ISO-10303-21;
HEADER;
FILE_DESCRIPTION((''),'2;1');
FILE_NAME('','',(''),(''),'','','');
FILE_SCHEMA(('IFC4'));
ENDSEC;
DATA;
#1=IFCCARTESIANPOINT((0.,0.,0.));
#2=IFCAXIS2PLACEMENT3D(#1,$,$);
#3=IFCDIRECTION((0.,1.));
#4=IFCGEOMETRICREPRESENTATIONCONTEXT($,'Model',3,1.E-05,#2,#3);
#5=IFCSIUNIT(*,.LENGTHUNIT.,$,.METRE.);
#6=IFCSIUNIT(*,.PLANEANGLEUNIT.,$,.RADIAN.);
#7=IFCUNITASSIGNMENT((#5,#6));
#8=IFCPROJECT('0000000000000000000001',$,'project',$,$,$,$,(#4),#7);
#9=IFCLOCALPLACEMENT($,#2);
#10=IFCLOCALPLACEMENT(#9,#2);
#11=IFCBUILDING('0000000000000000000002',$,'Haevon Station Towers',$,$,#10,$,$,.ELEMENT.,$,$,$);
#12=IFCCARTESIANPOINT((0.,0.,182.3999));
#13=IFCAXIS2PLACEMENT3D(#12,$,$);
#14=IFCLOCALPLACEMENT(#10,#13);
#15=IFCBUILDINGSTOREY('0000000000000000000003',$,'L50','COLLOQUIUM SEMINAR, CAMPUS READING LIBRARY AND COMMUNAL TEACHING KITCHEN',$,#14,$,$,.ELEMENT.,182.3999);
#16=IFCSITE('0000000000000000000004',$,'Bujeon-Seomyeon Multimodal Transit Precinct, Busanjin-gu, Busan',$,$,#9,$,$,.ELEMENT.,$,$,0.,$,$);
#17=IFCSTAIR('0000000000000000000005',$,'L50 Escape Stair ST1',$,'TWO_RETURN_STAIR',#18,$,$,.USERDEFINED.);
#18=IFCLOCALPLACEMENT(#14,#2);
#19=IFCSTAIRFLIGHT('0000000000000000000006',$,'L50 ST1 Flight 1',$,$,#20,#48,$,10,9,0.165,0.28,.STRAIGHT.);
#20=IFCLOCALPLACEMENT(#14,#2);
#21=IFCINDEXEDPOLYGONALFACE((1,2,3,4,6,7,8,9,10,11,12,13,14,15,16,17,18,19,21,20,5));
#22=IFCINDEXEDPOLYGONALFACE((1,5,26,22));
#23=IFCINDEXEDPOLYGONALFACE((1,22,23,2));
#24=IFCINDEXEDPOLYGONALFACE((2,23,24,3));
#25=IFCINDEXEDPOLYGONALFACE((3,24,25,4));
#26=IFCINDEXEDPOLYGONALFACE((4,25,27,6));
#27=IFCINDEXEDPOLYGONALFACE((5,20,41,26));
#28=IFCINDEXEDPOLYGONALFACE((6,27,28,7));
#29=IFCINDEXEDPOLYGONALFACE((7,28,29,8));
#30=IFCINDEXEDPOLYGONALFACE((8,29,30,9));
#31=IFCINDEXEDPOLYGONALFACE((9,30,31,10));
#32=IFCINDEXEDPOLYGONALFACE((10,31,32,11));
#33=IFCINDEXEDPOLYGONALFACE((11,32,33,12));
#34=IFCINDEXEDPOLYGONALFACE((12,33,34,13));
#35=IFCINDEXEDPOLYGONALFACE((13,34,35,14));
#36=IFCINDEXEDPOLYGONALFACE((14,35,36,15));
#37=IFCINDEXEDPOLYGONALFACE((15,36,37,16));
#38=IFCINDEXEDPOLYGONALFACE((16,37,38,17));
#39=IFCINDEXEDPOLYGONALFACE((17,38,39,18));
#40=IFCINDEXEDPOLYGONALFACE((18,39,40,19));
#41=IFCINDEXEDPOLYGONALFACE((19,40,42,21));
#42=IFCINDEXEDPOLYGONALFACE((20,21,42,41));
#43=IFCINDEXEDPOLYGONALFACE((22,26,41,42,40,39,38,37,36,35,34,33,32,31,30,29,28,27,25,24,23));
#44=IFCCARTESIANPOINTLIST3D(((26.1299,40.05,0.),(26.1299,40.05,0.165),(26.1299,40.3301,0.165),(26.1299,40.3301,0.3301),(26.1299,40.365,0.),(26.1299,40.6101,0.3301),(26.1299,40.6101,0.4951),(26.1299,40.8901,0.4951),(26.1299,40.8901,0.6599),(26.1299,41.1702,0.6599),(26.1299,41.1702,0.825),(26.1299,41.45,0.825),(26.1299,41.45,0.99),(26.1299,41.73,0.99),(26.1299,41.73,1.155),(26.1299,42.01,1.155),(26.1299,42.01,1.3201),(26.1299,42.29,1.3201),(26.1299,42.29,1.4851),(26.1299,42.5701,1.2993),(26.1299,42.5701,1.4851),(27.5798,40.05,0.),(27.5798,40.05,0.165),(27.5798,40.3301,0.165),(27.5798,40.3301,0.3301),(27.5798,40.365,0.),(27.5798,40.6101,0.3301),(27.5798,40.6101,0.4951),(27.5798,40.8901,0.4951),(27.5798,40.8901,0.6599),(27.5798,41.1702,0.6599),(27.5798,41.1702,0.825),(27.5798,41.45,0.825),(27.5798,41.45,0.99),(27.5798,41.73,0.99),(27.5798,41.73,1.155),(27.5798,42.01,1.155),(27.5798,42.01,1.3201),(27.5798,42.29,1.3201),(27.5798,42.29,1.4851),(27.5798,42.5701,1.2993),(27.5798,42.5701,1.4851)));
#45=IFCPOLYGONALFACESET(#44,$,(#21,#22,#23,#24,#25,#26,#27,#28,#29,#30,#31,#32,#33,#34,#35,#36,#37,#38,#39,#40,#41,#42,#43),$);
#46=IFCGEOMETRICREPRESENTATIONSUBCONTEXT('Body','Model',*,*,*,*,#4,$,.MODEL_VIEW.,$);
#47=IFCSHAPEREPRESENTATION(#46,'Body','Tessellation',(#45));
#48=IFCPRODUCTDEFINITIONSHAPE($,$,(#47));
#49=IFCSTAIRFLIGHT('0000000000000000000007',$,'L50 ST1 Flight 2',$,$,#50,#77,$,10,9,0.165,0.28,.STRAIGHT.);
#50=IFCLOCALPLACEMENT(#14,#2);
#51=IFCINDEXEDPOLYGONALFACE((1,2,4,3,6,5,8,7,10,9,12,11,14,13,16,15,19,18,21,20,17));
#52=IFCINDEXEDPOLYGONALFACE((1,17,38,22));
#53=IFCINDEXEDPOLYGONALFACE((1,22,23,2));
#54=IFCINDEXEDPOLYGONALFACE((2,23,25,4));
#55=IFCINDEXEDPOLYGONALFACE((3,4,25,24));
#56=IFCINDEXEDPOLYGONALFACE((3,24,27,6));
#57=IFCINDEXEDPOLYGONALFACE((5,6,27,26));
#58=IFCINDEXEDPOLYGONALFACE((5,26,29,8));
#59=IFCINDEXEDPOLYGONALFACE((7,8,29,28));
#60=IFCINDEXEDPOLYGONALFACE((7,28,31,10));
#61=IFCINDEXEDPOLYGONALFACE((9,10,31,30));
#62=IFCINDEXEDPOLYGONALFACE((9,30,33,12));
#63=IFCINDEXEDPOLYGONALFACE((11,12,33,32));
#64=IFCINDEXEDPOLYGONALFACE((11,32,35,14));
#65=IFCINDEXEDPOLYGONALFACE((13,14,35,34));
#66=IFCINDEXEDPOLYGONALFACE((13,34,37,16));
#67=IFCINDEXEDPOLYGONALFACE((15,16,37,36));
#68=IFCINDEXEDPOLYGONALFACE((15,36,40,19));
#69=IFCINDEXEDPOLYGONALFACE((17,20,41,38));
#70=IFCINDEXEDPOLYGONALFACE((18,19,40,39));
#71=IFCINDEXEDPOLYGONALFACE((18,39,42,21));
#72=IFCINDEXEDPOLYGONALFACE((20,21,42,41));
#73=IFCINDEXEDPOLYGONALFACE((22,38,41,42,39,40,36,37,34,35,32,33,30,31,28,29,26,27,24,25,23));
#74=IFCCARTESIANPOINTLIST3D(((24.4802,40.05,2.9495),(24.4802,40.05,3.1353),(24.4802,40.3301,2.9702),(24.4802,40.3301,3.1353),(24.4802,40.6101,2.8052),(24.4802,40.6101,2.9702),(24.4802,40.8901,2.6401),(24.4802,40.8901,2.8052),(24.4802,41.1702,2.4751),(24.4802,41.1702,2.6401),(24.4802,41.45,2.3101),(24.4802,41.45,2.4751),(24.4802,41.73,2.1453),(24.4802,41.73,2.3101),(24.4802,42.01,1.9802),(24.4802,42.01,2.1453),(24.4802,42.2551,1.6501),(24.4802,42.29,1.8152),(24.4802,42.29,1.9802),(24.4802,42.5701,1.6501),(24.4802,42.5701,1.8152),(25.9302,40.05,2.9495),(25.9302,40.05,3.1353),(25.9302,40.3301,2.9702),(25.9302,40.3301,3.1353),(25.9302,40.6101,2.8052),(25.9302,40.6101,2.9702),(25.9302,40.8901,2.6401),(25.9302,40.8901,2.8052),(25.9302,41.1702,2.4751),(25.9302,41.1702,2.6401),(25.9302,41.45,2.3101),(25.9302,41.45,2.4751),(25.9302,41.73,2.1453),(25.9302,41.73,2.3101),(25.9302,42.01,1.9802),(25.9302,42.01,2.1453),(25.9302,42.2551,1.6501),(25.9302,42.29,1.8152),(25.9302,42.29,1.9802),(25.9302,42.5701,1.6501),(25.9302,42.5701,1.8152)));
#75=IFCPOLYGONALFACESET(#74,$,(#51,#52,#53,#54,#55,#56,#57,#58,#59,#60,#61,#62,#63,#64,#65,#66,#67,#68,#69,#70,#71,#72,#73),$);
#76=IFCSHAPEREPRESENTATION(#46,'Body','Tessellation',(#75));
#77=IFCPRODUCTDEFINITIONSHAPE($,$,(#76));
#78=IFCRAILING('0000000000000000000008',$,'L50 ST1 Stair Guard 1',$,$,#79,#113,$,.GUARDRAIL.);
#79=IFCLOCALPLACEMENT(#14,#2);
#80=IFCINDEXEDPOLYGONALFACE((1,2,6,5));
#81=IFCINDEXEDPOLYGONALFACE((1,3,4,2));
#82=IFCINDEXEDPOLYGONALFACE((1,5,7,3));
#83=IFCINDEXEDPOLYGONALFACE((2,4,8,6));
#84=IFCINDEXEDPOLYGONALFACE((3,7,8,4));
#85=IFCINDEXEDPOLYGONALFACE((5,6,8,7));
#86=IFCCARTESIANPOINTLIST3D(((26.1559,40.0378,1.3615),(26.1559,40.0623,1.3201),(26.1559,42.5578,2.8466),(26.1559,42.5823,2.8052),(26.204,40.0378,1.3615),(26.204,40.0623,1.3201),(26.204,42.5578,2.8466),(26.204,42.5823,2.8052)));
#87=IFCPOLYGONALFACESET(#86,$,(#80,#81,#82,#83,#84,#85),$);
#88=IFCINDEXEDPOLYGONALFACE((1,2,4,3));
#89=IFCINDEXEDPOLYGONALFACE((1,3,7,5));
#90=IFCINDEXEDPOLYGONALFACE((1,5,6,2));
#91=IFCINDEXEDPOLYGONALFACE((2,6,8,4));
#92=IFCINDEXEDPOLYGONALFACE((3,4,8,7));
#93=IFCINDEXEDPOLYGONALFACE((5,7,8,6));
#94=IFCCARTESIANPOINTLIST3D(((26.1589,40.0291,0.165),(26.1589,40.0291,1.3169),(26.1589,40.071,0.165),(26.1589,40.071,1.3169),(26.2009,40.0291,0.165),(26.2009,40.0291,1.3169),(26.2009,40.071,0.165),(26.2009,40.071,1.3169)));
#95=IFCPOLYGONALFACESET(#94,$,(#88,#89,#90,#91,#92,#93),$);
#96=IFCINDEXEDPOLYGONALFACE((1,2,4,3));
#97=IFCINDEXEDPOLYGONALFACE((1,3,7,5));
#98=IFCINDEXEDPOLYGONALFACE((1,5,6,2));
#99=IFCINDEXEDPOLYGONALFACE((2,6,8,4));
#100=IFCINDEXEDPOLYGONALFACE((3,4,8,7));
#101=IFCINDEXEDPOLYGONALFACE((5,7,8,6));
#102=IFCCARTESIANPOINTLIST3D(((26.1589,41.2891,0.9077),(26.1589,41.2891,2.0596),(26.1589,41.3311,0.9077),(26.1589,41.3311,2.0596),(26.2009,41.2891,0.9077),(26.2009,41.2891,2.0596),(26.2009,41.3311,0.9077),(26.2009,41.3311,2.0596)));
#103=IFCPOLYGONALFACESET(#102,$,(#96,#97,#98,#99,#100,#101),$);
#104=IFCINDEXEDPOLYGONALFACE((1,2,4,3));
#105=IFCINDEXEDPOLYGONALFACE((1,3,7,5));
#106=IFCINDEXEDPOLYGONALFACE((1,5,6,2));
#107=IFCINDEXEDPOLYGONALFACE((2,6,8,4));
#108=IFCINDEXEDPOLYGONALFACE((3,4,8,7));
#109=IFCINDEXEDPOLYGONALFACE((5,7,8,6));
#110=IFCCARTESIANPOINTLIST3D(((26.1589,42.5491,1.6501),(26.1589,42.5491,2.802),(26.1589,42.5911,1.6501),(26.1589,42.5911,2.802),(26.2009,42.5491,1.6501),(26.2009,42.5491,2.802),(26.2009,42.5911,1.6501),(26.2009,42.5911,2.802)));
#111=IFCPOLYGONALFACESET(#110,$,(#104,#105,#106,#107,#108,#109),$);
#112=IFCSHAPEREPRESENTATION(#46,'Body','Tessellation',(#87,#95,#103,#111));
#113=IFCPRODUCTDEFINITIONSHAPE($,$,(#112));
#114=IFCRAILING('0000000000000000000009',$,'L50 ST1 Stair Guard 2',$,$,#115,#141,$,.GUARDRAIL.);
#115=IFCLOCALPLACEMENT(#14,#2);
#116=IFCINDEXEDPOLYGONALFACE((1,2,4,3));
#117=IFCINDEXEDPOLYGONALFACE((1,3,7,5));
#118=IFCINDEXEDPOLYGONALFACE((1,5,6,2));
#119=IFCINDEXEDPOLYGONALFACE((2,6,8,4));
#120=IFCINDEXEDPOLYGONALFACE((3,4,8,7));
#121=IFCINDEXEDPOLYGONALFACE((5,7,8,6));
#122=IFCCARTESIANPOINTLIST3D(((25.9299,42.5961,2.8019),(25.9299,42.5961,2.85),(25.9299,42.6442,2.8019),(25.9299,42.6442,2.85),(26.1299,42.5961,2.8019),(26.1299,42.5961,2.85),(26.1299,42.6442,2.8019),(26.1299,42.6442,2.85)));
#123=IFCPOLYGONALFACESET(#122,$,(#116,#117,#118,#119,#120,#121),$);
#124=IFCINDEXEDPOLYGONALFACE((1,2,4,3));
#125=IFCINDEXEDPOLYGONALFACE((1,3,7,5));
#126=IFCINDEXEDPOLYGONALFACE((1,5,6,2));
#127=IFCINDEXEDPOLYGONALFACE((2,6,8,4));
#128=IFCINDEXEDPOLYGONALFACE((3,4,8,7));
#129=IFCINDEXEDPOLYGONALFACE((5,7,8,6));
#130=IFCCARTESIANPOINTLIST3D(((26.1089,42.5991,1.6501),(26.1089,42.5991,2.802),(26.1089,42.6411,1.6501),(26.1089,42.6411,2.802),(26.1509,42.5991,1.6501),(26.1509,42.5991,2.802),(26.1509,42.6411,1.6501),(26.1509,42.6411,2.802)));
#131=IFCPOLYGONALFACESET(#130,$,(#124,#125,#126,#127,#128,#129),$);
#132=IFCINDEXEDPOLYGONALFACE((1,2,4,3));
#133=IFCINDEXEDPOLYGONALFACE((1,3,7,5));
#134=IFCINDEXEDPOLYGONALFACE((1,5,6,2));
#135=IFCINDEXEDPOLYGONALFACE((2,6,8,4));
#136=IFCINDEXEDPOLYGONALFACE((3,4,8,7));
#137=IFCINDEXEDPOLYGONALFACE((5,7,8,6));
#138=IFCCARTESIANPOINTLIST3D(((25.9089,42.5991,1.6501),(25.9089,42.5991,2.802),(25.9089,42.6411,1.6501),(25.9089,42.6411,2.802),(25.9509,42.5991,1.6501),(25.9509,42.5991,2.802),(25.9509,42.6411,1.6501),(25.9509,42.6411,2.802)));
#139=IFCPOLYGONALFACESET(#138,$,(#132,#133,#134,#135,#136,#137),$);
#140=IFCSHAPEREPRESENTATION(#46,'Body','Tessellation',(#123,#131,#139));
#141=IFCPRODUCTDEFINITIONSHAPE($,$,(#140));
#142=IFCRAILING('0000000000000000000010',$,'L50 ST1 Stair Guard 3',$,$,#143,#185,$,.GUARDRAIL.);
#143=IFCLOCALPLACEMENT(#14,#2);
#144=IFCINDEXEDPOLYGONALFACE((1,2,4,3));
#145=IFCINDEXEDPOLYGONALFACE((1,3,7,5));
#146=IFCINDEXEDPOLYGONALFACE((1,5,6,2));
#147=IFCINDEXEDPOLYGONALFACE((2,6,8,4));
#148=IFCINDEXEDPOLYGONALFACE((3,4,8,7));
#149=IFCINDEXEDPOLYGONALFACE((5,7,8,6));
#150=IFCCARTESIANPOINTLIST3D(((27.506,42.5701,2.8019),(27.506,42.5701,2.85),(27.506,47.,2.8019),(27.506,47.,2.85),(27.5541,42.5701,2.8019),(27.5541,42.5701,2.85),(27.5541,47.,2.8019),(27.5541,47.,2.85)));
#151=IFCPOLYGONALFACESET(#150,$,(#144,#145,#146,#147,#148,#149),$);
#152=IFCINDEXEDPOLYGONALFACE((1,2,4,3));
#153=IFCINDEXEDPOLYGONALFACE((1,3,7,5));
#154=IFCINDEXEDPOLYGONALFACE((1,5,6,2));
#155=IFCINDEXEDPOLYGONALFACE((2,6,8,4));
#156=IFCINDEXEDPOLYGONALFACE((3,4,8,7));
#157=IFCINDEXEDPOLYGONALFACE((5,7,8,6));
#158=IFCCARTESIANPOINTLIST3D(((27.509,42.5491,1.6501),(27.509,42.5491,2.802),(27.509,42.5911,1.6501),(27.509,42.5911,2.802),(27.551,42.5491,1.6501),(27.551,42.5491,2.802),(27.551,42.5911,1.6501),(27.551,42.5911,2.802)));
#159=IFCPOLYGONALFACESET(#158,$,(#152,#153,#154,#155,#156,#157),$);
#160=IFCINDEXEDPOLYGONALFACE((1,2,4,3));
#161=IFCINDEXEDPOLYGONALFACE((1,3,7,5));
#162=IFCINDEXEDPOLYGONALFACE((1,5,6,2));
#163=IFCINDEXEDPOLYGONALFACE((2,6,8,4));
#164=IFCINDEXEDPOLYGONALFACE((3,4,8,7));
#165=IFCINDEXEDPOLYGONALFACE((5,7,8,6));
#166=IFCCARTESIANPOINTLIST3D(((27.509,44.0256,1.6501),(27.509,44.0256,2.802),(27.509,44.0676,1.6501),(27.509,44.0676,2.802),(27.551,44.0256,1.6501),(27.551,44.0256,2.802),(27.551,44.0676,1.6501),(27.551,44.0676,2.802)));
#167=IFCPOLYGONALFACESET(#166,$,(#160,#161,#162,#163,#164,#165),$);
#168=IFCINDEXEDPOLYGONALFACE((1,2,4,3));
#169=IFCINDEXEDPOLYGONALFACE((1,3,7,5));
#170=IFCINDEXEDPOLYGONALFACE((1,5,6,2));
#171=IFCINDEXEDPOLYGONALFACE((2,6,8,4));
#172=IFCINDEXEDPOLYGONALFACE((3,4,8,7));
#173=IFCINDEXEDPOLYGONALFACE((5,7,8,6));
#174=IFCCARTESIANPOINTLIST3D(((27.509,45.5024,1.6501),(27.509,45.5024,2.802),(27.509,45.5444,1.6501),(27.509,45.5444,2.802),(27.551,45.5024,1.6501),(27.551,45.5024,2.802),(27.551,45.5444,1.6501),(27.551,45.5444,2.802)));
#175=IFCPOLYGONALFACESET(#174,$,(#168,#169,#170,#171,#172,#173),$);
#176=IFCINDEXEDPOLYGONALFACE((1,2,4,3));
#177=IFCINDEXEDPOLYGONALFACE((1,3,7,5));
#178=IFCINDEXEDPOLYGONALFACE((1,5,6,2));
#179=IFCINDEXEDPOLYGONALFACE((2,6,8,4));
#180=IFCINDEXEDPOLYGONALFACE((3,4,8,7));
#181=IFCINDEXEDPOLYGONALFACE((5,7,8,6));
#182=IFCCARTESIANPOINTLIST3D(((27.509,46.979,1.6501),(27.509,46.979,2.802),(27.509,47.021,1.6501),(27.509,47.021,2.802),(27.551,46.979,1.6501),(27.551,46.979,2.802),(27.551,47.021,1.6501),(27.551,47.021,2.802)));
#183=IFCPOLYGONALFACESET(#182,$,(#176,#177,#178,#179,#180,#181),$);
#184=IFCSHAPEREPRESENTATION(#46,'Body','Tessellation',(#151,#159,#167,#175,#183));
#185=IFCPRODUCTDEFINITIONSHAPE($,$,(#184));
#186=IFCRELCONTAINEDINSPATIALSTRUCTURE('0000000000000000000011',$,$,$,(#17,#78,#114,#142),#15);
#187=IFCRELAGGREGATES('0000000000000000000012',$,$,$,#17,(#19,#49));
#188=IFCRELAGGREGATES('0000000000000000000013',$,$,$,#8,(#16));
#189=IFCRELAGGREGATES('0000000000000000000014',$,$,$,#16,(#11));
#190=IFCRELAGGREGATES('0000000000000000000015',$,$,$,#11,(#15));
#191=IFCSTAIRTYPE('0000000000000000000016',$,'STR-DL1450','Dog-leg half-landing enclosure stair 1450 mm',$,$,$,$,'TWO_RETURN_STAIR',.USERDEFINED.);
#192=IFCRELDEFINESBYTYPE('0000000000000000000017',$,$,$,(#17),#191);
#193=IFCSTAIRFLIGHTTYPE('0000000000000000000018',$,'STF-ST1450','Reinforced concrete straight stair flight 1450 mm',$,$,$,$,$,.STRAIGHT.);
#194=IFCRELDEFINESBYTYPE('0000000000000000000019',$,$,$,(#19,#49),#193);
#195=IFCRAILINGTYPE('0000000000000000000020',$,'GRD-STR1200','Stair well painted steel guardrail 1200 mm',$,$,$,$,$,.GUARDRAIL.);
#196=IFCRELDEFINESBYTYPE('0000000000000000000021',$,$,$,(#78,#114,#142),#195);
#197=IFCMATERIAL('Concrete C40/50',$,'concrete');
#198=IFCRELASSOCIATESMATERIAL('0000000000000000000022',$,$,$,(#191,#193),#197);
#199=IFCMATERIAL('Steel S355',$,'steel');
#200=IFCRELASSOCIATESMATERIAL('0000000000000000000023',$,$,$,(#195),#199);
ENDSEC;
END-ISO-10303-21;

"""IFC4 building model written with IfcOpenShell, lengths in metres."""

from ifc_helpers import new_model, si_unit, direction, frame, origin, origin_2d, place, context, subcontext, project, spatial, polyline, rectangle, outline, extrude, material, type_object, element, aggregate, save


model = new_model("IFC4")

# Units and contexts
model_context = context("Model", 3, precision=1e-05, world=origin(), true_north=direction((0.0, 1.0)))
body_context = subcontext(model_context, "Body", "Model", "MODEL_VIEW")
ifc_project = project(units=[si_unit("LENGTHUNIT", "METRE"), si_unit("PLANEANGLEUNIT", "RADIAN")], contexts=[model_context])

# Site, building, storey
site_placement = place(None, origin())
site = spatial("IfcSite", under=ifc_project, at=site_placement, Name="Bujeon-Seomyeon Multimodal Transit Precinct, Busanjin-gu, Busan", CompositionType="ELEMENT", RefElevation=0.0)
building_placement = place(site_placement, origin())
building = spatial("IfcBuilding", under=site, at=building_placement, Name="Haevon Station Towers", CompositionType="ELEMENT")
storey_placement = place(building_placement, frame((0.0, 0.0, 182.3999)))
storey = spatial("IfcBuildingStorey", under=building, at=storey_placement, Name="L50", Description="COLLOQUIUM SEMINAR, CAMPUS READING LIBRARY AND COMMUNAL TEACHING KITCHEN", CompositionType="ELEMENT", Elevation=182.3999)

# Shared definitions
ifc_material_1 = material(Name="Steel S355", Category="steel")

# Shared definitions
ifc_material_2 = material(Name="Concrete C40/50", Category="concrete")

# Stair, stair flights
stair_type = type_object("IfcStairType", Name="STR-DL1450", Description="Dog-leg half-landing enclosure stair 1450 mm", ElementType="TWO_RETURN_STAIR", PredefinedType="USERDEFINED", material=ifc_material_2)
stair_placement = place(storey_placement, origin())
stair = element("IfcStair", 1, at=stair_placement, inside=storey, type_object=stair_type, Name="L50 Escape Stair ST1", ObjectType="TWO_RETURN_STAIR", PredefinedType="USERDEFINED")
stair_flight_type = type_object("IfcStairFlightType", Name="STF-ST1450", Description="Reinforced concrete straight stair flight 1450 mm", PredefinedType="STRAIGHT", material=ifc_material_2)
stair_flight_1_placement = place(storey_placement, frame((26.855, 40.05, 0.0), z_axis=(0.0, 0.0, 1.0), x_axis=(0.0, 1.0, 0.0)))
stair_flight_1 = element("IfcStairFlight", 2, at=stair_flight_1_placement, type_object=stair_flight_type, Name="L50 ST1 Flight 1", NumberOfRisers=10, NumberOfTreads=9, PredefinedType="STRAIGHT", RiserHeight=0.165, TreadLength=0.28, context=body_context, shape_type="SweptSolid", body=[
    extrude(outline(polyline([(0.0, 0.0), (0.0, 0.165), (0.28, 0.165), (0.28, 0.3301), (0.5601, 0.3301), (0.5601, 0.4951), (0.8401, 0.4951), (0.8401, 0.6599), (1.1201, 0.6599), (1.1201, 0.825), (1.3999, 0.825), (1.3999, 0.99), (1.6799, 0.99), (1.6799, 1.155), (1.96, 1.155), (1.96, 1.3201), (2.24, 1.3201), (2.24, 1.4851), (2.52, 1.4851), (2.52, 1.6499), (2.52, 1.2993), (0.3149, 0.0), (0.0, 0.0)])), frame((0.0, 0.7251, 0.0), z_axis=(0.0, -1.0, 0.0), x_axis=(1.0, 0.0, 0.0)), (0.0, 0.0, 1.0), 1.45),
])
stair_flight_2_placement = place(storey_placement, frame((25.2051, 42.5701, 1.6501), z_axis=(0.0, 0.0, 1.0), x_axis=(0.0, -1.0, 0.0)))
stair_flight_2 = element("IfcStairFlight", 3, at=stair_flight_2_placement, type_object=stair_flight_type, Name="L50 ST1 Flight 2", NumberOfRisers=10, NumberOfTreads=9, PredefinedType="STRAIGHT", RiserHeight=0.165, TreadLength=0.28, context=body_context, shape_type="SweptSolid", body=[
    extrude(outline(polyline([(0.0, 0.0), (0.0, 0.165), (0.28, 0.165), (0.28, 0.3301), (0.5601, 0.3301), (0.5601, 0.4951), (0.8401, 0.4951), (0.8401, 0.6599), (1.1201, 0.6599), (1.1201, 0.825), (1.3999, 0.825), (1.3999, 0.99), (1.6799, 0.99), (1.6799, 1.155), (1.96, 1.155), (1.96, 1.3201), (2.24, 1.3201), (2.24, 1.4851), (2.52, 1.4851), (2.52, 1.6499), (2.52, 1.2993), (0.3149, 0.0), (0.0, 0.0)])), frame((0.0, 0.7251, 0.0), z_axis=(0.0, -1.0, 0.0), x_axis=(1.0, 0.0, 0.0)), (0.0, 0.0, 1.0), 1.45),
])
aggregate(stair, [stair_flight_1, stair_flight_2])

# Railings
railing_type_1 = type_object("IfcRailingType", Name="GRD-STR1200", Description="Stair well painted steel guardrail 1200 mm", PredefinedType="GUARDRAIL", material=ifc_material_1)
railing_1_placement = place(storey_placement, frame((26.1799, 40.05, 0.165)))
element("IfcRailing", 4, at=railing_1_placement, inside=storey, type_object=railing_type_1, Name="L50 ST1 Stair Guard 1", PredefinedType="GUARDRAIL", context=body_context, shape_type="SweptSolid", body=[
    extrude(rectangle(XDim=0.0481, YDim=0.0481, at=origin_2d()), frame((0.0, 0.0, 1.1758), z_axis=(0.0, 0.861524, 0.507717), x_axis=(-1.0, 0.0, 0.0)), (0.0, 0.0, 1.0), 2.925),
    extrude(rectangle(XDim=0.042, YDim=0.042, at=origin_2d()), origin(), (0.0, 0.0, 1.0), 1.1519),
    extrude(rectangle(XDim=0.042, YDim=0.042, at=origin_2d()), frame((0.0, 1.26, 0.7427)), (0.0, 0.0, 1.0), 1.1519),
    extrude(rectangle(XDim=0.042, YDim=0.042, at=origin_2d()), frame((0.0, 2.52, 1.4851)), (0.0, 0.0, 1.0), 1.1519),
])
railing_2_placement = place(storey_placement, frame((26.1299, 42.6201, 1.6501)))
element("IfcRailing", 5, at=railing_2_placement, inside=storey, type_object=railing_type_1, Name="L50 ST1 Stair Guard 2", PredefinedType="GUARDRAIL", context=body_context, shape_type="SweptSolid", body=[
    extrude(rectangle(XDim=0.0481, YDim=0.0481, at=origin_2d()), frame((0.0, 0.0, 1.1758), z_axis=(-1.0, 0.0, 0.0), x_axis=(0.0, -1.0, 0.0)), (0.0, 0.0, 1.0), 0.2),
    extrude(rectangle(XDim=0.042, YDim=0.042, at=origin_2d()), origin(), (0.0, 0.0, 1.0), 1.1519),
    extrude(rectangle(XDim=0.042, YDim=0.042, at=origin_2d()), frame((-0.2, 0.0, 0.0)), (0.0, 0.0, 1.0), 1.1519),
])
railing_3_placement = place(storey_placement, frame((27.53, 42.5701, 1.6501)))
element("IfcRailing", 6, at=railing_3_placement, inside=storey, type_object=railing_type_1, Name="L50 ST1 Stair Guard 3", PredefinedType="GUARDRAIL", context=body_context, shape_type="SweptSolid", body=[
    extrude(rectangle(XDim=0.0481, YDim=0.0481, at=origin_2d()), frame((0.0, 0.0, 1.1758), z_axis=(0.0, 1.0, 0.0), x_axis=(-1.0, 0.0, 0.0)), (0.0, 0.0, 1.0), 4.4299),
    extrude(rectangle(XDim=0.042, YDim=0.042, at=origin_2d()), origin(), (0.0, 0.0, 1.0), 1.1519),
    extrude(rectangle(XDim=0.042, YDim=0.042, at=origin_2d()), frame((0.0, 1.4766, 0.0)), (0.0, 0.0, 1.0), 1.1519),
    extrude(rectangle(XDim=0.042, YDim=0.042, at=origin_2d()), frame((0.0, 2.9534, 0.0)), (0.0, 0.0, 1.0), 1.1519),
    extrude(rectangle(XDim=0.042, YDim=0.042, at=origin_2d()), frame((0.0, 4.4299, 0.0)), (0.0, 0.0, 1.0), 1.1519),
])

save(model, "model.ifc")
